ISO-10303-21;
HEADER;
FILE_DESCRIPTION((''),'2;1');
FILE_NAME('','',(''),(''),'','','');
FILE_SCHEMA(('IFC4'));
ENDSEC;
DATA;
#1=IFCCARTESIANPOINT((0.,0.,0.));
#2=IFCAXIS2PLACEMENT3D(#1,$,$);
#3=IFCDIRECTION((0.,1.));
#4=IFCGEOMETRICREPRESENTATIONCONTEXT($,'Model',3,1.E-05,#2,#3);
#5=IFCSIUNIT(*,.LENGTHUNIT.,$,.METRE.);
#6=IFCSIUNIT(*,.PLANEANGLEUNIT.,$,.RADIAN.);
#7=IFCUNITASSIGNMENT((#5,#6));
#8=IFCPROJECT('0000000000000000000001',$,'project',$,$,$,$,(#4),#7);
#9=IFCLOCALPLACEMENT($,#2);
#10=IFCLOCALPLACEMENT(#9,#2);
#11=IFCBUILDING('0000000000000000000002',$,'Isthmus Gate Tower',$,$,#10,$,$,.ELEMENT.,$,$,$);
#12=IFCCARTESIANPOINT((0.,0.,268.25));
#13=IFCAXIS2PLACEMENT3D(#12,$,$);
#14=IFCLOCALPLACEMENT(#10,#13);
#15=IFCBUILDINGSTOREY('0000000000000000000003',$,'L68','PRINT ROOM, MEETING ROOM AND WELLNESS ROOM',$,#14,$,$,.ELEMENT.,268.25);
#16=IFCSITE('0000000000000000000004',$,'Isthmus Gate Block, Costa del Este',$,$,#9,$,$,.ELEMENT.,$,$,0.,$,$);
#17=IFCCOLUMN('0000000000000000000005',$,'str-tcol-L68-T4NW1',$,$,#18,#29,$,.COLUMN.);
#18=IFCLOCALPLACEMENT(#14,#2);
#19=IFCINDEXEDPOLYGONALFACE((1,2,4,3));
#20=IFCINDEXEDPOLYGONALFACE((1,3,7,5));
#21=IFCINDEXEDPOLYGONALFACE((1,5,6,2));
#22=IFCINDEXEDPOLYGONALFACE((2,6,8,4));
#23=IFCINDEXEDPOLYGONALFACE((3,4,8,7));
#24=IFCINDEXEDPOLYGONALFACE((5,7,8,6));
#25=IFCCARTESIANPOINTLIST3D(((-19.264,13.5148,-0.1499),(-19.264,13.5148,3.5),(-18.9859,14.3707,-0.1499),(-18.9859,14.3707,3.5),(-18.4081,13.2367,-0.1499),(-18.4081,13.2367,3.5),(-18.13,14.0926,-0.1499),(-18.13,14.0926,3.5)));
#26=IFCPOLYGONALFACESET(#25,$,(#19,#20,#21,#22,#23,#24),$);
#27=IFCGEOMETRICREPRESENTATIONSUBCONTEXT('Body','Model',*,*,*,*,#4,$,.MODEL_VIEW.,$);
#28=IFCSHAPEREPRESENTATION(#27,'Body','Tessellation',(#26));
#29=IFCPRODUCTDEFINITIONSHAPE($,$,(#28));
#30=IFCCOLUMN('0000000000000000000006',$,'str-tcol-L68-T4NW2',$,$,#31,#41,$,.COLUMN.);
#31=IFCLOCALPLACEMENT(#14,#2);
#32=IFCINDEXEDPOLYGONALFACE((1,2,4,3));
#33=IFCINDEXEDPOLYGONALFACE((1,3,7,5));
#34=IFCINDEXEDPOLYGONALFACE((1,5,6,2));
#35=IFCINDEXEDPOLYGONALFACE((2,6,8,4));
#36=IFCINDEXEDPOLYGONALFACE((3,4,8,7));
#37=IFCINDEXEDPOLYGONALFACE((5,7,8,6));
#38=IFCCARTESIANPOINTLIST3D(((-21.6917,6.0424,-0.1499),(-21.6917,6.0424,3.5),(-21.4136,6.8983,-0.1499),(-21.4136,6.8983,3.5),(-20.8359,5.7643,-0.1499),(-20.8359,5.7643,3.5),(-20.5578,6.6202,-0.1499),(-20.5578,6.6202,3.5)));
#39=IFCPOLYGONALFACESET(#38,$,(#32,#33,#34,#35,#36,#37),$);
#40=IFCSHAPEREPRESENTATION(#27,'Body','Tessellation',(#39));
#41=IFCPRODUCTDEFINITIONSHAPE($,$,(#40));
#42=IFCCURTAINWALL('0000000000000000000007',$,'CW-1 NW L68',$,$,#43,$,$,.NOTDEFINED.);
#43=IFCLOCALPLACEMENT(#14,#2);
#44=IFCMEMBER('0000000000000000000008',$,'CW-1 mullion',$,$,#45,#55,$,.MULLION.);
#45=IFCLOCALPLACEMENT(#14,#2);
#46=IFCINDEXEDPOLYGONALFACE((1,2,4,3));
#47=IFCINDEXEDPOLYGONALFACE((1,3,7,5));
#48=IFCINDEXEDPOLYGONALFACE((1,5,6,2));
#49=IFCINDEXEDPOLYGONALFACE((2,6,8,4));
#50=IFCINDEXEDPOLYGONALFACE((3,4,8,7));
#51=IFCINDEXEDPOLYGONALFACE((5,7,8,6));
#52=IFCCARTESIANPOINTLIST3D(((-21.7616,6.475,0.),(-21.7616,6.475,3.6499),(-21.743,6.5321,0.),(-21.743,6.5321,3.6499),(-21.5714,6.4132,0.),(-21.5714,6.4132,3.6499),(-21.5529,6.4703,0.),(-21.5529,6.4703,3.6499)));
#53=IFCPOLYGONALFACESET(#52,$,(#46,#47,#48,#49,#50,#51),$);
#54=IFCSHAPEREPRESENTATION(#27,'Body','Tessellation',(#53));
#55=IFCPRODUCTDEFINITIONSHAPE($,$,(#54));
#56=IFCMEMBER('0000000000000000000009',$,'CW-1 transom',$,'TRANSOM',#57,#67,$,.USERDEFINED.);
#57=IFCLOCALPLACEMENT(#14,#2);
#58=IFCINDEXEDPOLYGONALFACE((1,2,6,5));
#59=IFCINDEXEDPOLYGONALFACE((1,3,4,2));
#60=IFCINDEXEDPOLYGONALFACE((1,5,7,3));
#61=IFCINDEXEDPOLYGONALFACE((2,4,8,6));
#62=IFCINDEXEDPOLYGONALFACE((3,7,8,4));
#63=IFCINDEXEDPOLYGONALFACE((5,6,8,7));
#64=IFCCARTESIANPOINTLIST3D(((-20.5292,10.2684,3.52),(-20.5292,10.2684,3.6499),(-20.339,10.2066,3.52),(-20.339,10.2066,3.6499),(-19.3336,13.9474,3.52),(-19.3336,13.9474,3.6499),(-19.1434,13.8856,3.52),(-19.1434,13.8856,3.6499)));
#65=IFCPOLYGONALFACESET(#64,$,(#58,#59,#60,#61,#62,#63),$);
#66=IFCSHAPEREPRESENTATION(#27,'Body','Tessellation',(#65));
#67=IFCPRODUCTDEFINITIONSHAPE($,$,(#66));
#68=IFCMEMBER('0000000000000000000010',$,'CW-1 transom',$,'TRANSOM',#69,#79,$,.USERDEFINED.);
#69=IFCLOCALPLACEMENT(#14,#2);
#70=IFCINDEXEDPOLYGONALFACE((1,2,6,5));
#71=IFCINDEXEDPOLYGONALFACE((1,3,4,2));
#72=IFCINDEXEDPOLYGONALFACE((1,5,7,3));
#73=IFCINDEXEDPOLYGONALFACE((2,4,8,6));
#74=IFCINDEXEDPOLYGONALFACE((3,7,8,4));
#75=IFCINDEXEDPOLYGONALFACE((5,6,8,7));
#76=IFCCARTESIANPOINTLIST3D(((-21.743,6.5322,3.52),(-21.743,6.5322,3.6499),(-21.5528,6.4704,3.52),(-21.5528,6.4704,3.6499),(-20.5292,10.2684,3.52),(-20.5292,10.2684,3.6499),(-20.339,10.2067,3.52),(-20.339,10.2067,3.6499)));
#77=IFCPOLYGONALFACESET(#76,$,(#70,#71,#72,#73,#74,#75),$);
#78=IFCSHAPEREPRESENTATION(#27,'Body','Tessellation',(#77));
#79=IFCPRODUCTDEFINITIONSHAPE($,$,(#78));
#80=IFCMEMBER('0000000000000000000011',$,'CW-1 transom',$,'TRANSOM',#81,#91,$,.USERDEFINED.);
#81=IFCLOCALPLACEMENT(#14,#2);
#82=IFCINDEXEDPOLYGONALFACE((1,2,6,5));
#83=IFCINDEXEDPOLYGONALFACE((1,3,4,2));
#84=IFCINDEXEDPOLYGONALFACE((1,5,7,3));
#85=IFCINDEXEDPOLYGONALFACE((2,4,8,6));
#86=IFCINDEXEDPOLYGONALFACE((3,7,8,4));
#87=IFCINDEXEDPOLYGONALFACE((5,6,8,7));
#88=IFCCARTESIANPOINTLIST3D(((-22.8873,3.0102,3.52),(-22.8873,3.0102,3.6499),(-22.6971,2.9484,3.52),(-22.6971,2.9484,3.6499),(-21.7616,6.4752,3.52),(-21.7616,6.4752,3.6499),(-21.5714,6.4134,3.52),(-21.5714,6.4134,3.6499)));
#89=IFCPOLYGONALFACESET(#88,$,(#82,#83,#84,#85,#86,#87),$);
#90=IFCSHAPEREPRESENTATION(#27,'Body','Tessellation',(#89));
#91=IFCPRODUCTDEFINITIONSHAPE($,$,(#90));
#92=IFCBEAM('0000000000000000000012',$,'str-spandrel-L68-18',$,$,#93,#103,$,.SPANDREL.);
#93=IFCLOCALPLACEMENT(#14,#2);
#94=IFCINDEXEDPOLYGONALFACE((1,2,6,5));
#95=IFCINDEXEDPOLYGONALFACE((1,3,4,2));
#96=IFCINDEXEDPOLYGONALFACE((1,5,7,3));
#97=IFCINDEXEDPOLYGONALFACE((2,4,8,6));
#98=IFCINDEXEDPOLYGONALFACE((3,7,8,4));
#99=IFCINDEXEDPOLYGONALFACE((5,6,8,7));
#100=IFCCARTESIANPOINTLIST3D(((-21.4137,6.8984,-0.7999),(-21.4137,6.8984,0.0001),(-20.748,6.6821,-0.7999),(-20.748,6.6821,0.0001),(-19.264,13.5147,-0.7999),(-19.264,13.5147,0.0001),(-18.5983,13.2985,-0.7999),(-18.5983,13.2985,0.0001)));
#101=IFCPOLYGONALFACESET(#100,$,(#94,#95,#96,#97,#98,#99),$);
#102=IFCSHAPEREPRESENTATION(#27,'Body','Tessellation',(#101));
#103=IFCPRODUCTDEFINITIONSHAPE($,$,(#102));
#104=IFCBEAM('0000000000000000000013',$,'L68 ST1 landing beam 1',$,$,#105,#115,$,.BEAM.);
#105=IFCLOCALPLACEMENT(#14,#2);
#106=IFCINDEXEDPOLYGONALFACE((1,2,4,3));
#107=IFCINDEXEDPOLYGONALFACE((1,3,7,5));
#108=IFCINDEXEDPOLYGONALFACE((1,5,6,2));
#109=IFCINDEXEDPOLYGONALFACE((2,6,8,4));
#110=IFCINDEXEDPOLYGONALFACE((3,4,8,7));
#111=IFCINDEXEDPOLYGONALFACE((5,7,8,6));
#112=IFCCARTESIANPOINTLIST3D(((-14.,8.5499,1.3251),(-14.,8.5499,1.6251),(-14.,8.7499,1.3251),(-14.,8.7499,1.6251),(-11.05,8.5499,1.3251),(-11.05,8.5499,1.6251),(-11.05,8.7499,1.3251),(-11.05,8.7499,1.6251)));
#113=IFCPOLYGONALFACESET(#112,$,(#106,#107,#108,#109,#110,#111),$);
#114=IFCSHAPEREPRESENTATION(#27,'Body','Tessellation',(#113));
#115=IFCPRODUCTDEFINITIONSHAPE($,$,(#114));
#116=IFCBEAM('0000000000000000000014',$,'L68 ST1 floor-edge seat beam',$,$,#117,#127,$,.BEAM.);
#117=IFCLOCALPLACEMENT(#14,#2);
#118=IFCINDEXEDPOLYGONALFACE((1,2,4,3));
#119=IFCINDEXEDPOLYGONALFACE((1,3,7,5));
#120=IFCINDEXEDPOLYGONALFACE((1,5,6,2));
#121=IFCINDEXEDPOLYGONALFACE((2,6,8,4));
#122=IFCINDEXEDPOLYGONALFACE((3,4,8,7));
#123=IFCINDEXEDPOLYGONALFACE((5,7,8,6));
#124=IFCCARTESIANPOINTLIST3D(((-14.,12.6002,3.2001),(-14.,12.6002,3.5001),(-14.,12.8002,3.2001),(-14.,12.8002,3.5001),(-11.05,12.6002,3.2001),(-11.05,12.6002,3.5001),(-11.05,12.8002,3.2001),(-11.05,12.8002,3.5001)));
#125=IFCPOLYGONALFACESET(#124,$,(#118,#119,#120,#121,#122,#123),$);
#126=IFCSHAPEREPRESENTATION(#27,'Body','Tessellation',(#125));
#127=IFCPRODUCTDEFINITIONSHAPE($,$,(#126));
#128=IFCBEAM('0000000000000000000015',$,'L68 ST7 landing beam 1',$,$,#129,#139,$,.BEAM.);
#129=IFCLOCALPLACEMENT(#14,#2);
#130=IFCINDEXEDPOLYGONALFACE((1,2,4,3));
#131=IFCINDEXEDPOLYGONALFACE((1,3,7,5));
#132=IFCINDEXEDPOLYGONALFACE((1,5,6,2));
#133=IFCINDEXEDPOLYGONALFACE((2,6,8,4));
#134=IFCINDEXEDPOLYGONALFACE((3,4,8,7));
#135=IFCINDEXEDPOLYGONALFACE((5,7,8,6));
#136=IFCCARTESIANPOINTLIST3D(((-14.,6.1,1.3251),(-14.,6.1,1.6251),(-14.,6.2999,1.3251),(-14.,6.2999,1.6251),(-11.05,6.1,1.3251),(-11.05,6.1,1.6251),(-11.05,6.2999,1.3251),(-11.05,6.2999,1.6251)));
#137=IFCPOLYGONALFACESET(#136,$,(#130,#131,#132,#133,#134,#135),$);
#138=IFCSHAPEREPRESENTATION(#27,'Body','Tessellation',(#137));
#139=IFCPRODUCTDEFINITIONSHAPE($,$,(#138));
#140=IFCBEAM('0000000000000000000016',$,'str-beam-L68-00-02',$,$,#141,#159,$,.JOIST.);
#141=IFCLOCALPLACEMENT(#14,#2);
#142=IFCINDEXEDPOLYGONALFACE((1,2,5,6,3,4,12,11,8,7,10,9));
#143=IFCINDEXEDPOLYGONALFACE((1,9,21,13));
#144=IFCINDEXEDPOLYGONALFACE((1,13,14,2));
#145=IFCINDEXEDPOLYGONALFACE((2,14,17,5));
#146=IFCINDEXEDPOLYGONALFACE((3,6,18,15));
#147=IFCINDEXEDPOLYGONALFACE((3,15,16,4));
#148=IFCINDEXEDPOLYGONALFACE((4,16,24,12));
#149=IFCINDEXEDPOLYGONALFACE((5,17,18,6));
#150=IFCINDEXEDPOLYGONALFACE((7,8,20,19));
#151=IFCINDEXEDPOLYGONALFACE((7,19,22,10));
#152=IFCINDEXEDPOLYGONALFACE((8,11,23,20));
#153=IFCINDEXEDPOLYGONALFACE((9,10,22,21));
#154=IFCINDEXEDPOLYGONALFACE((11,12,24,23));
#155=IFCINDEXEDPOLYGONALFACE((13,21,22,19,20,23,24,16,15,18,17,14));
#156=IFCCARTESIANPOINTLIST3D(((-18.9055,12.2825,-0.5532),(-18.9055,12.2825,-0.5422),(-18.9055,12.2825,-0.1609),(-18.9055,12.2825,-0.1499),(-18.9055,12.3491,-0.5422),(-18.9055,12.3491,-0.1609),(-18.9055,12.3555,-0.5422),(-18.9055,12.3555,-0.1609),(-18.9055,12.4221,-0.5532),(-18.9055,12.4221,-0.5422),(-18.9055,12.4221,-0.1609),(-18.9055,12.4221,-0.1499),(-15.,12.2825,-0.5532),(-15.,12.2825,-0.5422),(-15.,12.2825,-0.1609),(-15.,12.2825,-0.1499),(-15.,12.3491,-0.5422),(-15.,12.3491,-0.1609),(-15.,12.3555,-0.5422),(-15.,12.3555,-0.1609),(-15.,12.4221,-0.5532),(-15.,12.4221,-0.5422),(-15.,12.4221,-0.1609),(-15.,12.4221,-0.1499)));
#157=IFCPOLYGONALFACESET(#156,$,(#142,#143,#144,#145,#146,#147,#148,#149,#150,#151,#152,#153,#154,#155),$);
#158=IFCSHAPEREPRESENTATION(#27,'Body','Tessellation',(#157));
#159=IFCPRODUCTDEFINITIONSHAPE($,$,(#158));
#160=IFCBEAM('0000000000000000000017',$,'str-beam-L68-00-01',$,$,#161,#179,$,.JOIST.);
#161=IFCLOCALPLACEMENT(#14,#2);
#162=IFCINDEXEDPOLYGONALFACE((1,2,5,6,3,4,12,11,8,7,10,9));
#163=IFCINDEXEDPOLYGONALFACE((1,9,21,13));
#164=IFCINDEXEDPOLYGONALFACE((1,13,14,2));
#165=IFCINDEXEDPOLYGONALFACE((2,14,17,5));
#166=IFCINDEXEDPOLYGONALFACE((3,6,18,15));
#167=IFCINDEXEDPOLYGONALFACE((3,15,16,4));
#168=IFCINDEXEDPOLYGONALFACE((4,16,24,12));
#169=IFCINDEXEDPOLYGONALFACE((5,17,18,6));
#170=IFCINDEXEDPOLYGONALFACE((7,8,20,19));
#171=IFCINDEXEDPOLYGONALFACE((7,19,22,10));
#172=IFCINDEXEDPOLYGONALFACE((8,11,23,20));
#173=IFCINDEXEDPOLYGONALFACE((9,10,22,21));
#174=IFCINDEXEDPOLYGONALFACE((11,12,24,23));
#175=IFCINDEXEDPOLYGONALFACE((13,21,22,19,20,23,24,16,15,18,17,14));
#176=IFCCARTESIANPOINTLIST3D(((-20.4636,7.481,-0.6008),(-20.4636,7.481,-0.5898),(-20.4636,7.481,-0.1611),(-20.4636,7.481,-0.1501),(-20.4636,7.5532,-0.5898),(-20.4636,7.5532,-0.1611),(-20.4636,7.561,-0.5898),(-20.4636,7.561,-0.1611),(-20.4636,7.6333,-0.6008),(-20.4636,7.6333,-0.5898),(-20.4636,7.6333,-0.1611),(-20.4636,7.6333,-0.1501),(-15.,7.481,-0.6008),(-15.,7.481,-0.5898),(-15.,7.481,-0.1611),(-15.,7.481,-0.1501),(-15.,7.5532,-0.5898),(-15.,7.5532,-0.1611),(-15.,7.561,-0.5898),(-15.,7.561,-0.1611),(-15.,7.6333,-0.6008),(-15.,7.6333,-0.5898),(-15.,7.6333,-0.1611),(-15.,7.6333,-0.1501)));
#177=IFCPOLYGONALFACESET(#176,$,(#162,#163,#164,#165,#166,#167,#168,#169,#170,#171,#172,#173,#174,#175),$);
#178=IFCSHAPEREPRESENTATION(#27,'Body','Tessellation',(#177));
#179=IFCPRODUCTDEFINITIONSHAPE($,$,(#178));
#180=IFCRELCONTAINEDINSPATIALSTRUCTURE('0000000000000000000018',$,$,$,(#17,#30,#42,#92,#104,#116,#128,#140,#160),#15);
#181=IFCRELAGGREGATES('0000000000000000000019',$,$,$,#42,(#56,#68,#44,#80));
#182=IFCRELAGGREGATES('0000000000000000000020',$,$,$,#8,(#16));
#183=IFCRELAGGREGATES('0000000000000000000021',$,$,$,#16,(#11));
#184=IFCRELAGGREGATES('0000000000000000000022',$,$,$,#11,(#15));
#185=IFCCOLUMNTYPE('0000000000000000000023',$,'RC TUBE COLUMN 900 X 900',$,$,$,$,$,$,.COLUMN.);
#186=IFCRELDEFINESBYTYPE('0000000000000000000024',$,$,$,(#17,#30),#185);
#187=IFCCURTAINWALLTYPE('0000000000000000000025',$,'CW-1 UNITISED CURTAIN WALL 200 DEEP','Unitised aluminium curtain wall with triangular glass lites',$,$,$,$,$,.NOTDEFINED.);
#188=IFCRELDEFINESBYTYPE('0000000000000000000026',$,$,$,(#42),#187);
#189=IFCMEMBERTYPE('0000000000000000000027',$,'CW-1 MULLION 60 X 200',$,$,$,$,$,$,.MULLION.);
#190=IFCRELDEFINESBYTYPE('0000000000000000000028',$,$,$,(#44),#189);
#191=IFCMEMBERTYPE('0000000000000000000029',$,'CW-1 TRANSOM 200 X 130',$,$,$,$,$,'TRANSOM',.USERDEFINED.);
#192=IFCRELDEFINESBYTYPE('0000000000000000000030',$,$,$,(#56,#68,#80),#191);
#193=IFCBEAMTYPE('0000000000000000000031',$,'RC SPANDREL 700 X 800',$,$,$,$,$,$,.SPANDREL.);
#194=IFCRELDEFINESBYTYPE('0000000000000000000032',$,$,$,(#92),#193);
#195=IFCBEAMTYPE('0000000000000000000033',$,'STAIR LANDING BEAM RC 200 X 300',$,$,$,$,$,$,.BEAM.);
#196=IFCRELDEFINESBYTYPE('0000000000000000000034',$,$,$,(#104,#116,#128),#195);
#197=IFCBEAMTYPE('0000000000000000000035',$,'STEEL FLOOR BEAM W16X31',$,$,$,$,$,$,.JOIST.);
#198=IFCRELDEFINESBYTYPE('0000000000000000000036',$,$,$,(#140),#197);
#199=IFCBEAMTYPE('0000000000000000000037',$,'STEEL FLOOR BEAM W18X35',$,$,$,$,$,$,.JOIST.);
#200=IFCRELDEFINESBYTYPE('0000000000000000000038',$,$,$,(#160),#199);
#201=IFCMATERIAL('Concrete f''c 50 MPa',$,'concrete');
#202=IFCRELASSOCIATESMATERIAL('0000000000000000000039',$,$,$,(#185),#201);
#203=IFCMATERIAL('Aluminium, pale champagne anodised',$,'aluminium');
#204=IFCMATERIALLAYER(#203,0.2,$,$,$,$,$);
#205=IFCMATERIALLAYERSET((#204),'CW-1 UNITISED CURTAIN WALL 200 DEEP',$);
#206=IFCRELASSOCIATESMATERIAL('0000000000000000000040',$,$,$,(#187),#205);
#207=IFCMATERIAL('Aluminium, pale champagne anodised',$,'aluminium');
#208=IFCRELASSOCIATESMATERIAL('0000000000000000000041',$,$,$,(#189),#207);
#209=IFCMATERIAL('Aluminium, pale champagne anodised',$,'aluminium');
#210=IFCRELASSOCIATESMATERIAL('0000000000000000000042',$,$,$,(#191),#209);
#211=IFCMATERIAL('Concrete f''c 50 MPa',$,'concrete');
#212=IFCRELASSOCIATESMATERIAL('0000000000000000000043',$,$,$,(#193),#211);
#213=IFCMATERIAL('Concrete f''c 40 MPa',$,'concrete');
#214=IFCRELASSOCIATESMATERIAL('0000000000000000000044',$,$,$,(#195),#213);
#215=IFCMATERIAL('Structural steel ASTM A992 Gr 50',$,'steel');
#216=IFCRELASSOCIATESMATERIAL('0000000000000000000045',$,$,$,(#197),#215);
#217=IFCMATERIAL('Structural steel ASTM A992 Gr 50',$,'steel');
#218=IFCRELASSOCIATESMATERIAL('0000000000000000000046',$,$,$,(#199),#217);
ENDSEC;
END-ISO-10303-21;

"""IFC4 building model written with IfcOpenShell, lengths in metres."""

from ifc_helpers import new_model, si_unit, direction, frame, origin, origin_2d, place, context, subcontext, project, spatial, rectangle, i_section, extrude, material, layer, layer_set, material_profile, profile_set, type_object, element, aggregate, save


model = new_model("IFC4")

# Units and contexts
model_context = context("Model", 3, precision=1e-05, world=origin(), true_north=direction((0.0, 1.0)))
body_context = subcontext(model_context, "Body", "Model", "MODEL_VIEW")
ifc_project = project(units=[si_unit("LENGTHUNIT", "METRE"), si_unit("PLANEANGLEUNIT", "RADIAN")], contexts=[model_context])

# Site, building, storey
site_placement = place(None, origin())
site = spatial("IfcSite", under=ifc_project, at=site_placement, Name="Isthmus Gate Block, Costa del Este", CompositionType="ELEMENT", RefElevation=0.0)
building_placement = place(site_placement, origin())
building = spatial("IfcBuilding", under=site, at=building_placement, Name="Isthmus Gate Tower", CompositionType="ELEMENT")
storey_placement = place(building_placement, frame((0.0, 0.0, 268.25)))
storey = spatial("IfcBuildingStorey", under=building, at=storey_placement, Name="L68", Description="PRINT ROOM, MEETING ROOM AND WELLNESS ROOM", CompositionType="ELEMENT", Elevation=268.25)

# Columns
ifc_material_1 = material(Name="Concrete f'c 50 MPa", Category="concrete")
ifc_material_profile_1 = material_profile(ifc_material_1, rectangle(XDim=0.8999, YDim=0.8999, at=origin_2d()), Name="RC 900X900")
ifc_profile_set_1 = profile_set([ifc_material_profile_1], Name="Concrete f'c 50 MPa")
column_type = type_object("IfcColumnType", Name="RC TUBE COLUMN 900 X 900", PredefinedType="COLUMN", material=ifc_profile_set_1)
for number, where, z_axis, x_axis, name in (
    (1, (-18.697, 13.8037, -0.1499), (0.0, 0.0, 1.0), (-0.309017, -0.951057, 0.0), "str-tcol-L68-T4NW1"),
    (2, (-21.1248, 6.3313, -0.1499), (0.0, 0.0, 1.0), (-0.309017, -0.951057, 0.0), "str-tcol-L68-T4NW2"),
):
    element("IfcColumn", number, at=place(storey_placement, frame(where, z_axis=z_axis, x_axis=x_axis)), inside=storey, type_object=column_type, Name=name, PredefinedType="COLUMN", context=body_context, shape_type="SweptSolid", body=[
        extrude(rectangle(XDim=0.8999, YDim=0.8999, at=origin_2d()), origin(), (0.0, 0.0, 1.0), 3.6499),
    ])

# Curtain wall, members
ifc_material_2 = material(Name="Aluminium, pale champagne anodised", Category="aluminium")
ifc_layer_1 = layer(ifc_material_2, 0.2)
ifc_layer_set_1 = layer_set([ifc_layer_1], Name="CW-1 UNITISED CURTAIN WALL 200 DEEP")
curtain_wall_type = type_object("IfcCurtainWallType", Name="CW-1 UNITISED CURTAIN WALL 200 DEEP", Description="Unitised aluminium curtain wall with triangular glass lites", PredefinedType="NOTDEFINED", material=ifc_layer_set_1)
curtain_wall_placement = place(storey_placement, origin())
curtain_wall = element("IfcCurtainWall", 3, at=curtain_wall_placement, inside=storey, type_object=curtain_wall_type, Name="CW-1 NW L68", PredefinedType="NOTDEFINED")
ifc_material_3 = material(Name="Aluminium, pale champagne anodised", Category="aluminium")
ifc_material_profile_2 = material_profile(ifc_material_3, rectangle(XDim=0.0601, YDim=0.2, at=origin_2d()), Name="60x200")
ifc_profile_set_2 = profile_set([ifc_material_profile_2], Name="Aluminium, pale champagne anodised")
member_type_1 = type_object("IfcMemberType", Name="CW-1 MULLION 60 X 200", PredefinedType="MULLION", material=ifc_profile_set_2)
member_1_placement = place(storey_placement, frame((-21.6572, 6.4727, 0.0), z_axis=(0.0, 0.0, 1.0), x_axis=(-0.309017, -0.951057, 0.0)))
member_1 = element("IfcMember", 4, at=member_1_placement, type_object=member_type_1, Name="CW-1 mullion", PredefinedType="MULLION", context=body_context, shape_type="SweptSolid", body=[
    extrude(rectangle(XDim=0.0601, YDim=0.2, at=origin_2d()), origin(), (0.0, 0.0, 1.0), 3.6499),
])
ifc_material_4 = material(Name="Aluminium, pale champagne anodised", Category="aluminium")
ifc_material_profile_3 = material_profile(ifc_material_4, rectangle(XDim=0.2, YDim=0.1299, at=origin_2d()), Name="200x130")
ifc_profile_set_3 = profile_set([ifc_material_profile_3], Name="Aluminium, pale champagne anodised")
member_type_2 = type_object("IfcMemberType", Name="CW-1 TRANSOM 200 X 130", ElementType="TRANSOM", PredefinedType="USERDEFINED", material=ifc_profile_set_3)
member_2_placement = place(storey_placement, frame((-19.2385, 13.9165, 3.585), z_axis=(-0.309062, -0.951042, 0.0), x_axis=(0.951042, -0.309062, 0.0)))
member_2 = element("IfcMember", 5, at=member_2_placement, type_object=member_type_2, Name="CW-1 transom", ObjectType="TRANSOM", PredefinedType="USERDEFINED", context=body_context, shape_type="SweptSolid", body=[
    extrude(rectangle(XDim=0.2, YDim=0.1299, at=origin_2d()), origin(), (0.0, 0.0, 1.0), 3.8684),
])
member_3_placement = place(storey_placement, frame((-20.4341, 10.2375, 3.585), z_axis=(-0.308985, -0.951067, 0.0), x_axis=(0.951067, -0.308985, 0.0)))
member_3 = element("IfcMember", 6, at=member_3_placement, type_object=member_type_2, Name="CW-1 transom", ObjectType="TRANSOM", PredefinedType="USERDEFINED", context=body_context, shape_type="SweptSolid", body=[
    extrude(rectangle(XDim=0.2, YDim=0.1299, at=origin_2d()), origin(), (0.0, 0.0, 1.0), 3.9285),
])
member_4_placement = place(storey_placement, frame((-21.6665, 6.4443, 3.585), z_axis=(-0.308982, -0.951068, 0.0), x_axis=(0.951068, -0.308982, 0.0)))
member_4 = element("IfcMember", 7, at=member_4_placement, type_object=member_type_2, Name="CW-1 transom", ObjectType="TRANSOM", PredefinedType="USERDEFINED", context=body_context, shape_type="SweptSolid", body=[
    extrude(rectangle(XDim=0.2, YDim=0.1299, at=origin_2d()), origin(), (0.0, 0.0, 1.0), 3.6433),
])

# Beams
ifc_material_5 = material(Name="Concrete f'c 50 MPa", Category="concrete")
ifc_material_profile_4 = material_profile(ifc_material_5, rectangle(XDim=0.7, YDim=0.8, at=origin_2d()), Name="RC 700X800")
ifc_profile_set_4 = profile_set([ifc_material_profile_4], Name="Concrete f'c 50 MPa")
beam_type_1 = type_object("IfcBeamType", Name="RC SPANDREL 700 X 800", PredefinedType="SPANDREL", material=ifc_profile_set_4)
beam_1_placement = place(storey_placement, frame((-21.0808, 6.7903, -0.3999), z_axis=(0.309007, 0.95106, 0.0), x_axis=(-0.95106, 0.309007, 0.0)))
element("IfcBeam", 8, at=beam_1_placement, inside=storey, type_object=beam_type_1, Name="str-spandrel-L68-18", PredefinedType="SPANDREL", context=body_context, shape_type="SweptSolid", body=[
    extrude(rectangle(XDim=0.7, YDim=0.8, at=origin_2d()), origin(), (0.0, 0.0, 1.0), 6.9568),
])
ifc_material_6 = material(Name="Concrete f'c 40 MPa", Category="concrete")
ifc_material_profile_5 = material_profile(ifc_material_6, rectangle(XDim=0.2, YDim=0.3, at=origin_2d()), Name="STAIR LANDING BEAM RC 200 X 300")
ifc_profile_set_5 = profile_set([ifc_material_profile_5], Name="Concrete f'c 40 MPa")
beam_type_2 = type_object("IfcBeamType", Name="STAIR LANDING BEAM RC 200 X 300", PredefinedType="BEAM", material=ifc_profile_set_5)
for number, where, z_axis, x_axis, name in (
    (9, (-14.0, 8.6499, 1.4751), (1.0, 0.0, 0.0), (0.0, 1.0, 0.0), "L68 ST1 landing beam 1"),
    (10, (-14.0, 12.7002, 3.3501), (1.0, 0.0, 0.0), (0.0, 1.0, 0.0), "L68 ST1 floor-edge seat beam"),
    (11, (-14.0, 6.2, 1.4751), (1.0, 0.0, 0.0), (0.0, 1.0, 0.0), "L68 ST7 landing beam 1"),
):
    element("IfcBeam", number, at=place(storey_placement, frame(where, z_axis=z_axis, x_axis=x_axis)), inside=storey, type_object=beam_type_2, Name=name, PredefinedType="BEAM", context=body_context, shape_type="SweptSolid", body=[
        extrude(rectangle(XDim=0.2, YDim=0.3, at=origin_2d()), origin(), (0.0, 0.0, 1.0), 2.95),
    ])
ifc_material_7 = material(Name="Structural steel ASTM A992 Gr 50", Category="steel")
ifc_material_profile_6 = material_profile(ifc_material_7, i_section(OverallWidth=0.1396, OverallDepth=0.4033, WebThickness=0.0063, FlangeThickness=0.011, at=origin_2d()), Name="W16X31")
ifc_profile_set_6 = profile_set([ifc_material_profile_6], Name="Structural steel ASTM A992 Gr 50")
beam_type_3 = type_object("IfcBeamType", Name="STEEL FLOOR BEAM W16X31", PredefinedType="JOIST", material=ifc_profile_set_6)
beam_2_placement = place(storey_placement, frame((-18.9055, 12.3523, -0.3516), z_axis=(1.0, 0.0, 0.0), x_axis=(0.0, 1.0, 0.0)))
element("IfcBeam", 12, at=beam_2_placement, inside=storey, type_object=beam_type_3, Name="str-beam-L68-00-02", PredefinedType="JOIST", context=body_context, shape_type="SweptSolid", body=[
    extrude(i_section(OverallWidth=0.1396, OverallDepth=0.4033, WebThickness=0.0063, FlangeThickness=0.011, at=origin_2d()), origin(), (0.0, 0.0, 1.0), 3.9055),
])
ifc_material_8 = material(Name="Structural steel ASTM A992 Gr 50", Category="steel")
ifc_material_profile_7 = material_profile(ifc_material_8, i_section(OverallWidth=0.1523, OverallDepth=0.4507, WebThickness=0.0078, FlangeThickness=0.011, at=origin_2d()), Name="W18X35")
ifc_profile_set_7 = profile_set([ifc_material_profile_7], Name="Structural steel ASTM A992 Gr 50")
beam_type_4 = type_object("IfcBeamType", Name="STEEL FLOOR BEAM W18X35", PredefinedType="JOIST", material=ifc_profile_set_7)
beam_3_placement = place(storey_placement, frame((-20.4636, 7.5571, -0.3755), z_axis=(1.0, 0.0, 0.0), x_axis=(0.0, 1.0, 0.0)))
element("IfcBeam", 13, at=beam_3_placement, inside=storey, type_object=beam_type_4, Name="str-beam-L68-00-01", PredefinedType="JOIST", context=body_context, shape_type="SweptSolid", body=[
    extrude(i_section(OverallWidth=0.1523, OverallDepth=0.4507, WebThickness=0.0078, FlangeThickness=0.011, at=origin_2d()), origin(), (0.0, 0.0, 1.0), 5.4636),
])

aggregate(curtain_wall, [member_2, member_3, member_1, member_4])

save(model, "model.ifc")
